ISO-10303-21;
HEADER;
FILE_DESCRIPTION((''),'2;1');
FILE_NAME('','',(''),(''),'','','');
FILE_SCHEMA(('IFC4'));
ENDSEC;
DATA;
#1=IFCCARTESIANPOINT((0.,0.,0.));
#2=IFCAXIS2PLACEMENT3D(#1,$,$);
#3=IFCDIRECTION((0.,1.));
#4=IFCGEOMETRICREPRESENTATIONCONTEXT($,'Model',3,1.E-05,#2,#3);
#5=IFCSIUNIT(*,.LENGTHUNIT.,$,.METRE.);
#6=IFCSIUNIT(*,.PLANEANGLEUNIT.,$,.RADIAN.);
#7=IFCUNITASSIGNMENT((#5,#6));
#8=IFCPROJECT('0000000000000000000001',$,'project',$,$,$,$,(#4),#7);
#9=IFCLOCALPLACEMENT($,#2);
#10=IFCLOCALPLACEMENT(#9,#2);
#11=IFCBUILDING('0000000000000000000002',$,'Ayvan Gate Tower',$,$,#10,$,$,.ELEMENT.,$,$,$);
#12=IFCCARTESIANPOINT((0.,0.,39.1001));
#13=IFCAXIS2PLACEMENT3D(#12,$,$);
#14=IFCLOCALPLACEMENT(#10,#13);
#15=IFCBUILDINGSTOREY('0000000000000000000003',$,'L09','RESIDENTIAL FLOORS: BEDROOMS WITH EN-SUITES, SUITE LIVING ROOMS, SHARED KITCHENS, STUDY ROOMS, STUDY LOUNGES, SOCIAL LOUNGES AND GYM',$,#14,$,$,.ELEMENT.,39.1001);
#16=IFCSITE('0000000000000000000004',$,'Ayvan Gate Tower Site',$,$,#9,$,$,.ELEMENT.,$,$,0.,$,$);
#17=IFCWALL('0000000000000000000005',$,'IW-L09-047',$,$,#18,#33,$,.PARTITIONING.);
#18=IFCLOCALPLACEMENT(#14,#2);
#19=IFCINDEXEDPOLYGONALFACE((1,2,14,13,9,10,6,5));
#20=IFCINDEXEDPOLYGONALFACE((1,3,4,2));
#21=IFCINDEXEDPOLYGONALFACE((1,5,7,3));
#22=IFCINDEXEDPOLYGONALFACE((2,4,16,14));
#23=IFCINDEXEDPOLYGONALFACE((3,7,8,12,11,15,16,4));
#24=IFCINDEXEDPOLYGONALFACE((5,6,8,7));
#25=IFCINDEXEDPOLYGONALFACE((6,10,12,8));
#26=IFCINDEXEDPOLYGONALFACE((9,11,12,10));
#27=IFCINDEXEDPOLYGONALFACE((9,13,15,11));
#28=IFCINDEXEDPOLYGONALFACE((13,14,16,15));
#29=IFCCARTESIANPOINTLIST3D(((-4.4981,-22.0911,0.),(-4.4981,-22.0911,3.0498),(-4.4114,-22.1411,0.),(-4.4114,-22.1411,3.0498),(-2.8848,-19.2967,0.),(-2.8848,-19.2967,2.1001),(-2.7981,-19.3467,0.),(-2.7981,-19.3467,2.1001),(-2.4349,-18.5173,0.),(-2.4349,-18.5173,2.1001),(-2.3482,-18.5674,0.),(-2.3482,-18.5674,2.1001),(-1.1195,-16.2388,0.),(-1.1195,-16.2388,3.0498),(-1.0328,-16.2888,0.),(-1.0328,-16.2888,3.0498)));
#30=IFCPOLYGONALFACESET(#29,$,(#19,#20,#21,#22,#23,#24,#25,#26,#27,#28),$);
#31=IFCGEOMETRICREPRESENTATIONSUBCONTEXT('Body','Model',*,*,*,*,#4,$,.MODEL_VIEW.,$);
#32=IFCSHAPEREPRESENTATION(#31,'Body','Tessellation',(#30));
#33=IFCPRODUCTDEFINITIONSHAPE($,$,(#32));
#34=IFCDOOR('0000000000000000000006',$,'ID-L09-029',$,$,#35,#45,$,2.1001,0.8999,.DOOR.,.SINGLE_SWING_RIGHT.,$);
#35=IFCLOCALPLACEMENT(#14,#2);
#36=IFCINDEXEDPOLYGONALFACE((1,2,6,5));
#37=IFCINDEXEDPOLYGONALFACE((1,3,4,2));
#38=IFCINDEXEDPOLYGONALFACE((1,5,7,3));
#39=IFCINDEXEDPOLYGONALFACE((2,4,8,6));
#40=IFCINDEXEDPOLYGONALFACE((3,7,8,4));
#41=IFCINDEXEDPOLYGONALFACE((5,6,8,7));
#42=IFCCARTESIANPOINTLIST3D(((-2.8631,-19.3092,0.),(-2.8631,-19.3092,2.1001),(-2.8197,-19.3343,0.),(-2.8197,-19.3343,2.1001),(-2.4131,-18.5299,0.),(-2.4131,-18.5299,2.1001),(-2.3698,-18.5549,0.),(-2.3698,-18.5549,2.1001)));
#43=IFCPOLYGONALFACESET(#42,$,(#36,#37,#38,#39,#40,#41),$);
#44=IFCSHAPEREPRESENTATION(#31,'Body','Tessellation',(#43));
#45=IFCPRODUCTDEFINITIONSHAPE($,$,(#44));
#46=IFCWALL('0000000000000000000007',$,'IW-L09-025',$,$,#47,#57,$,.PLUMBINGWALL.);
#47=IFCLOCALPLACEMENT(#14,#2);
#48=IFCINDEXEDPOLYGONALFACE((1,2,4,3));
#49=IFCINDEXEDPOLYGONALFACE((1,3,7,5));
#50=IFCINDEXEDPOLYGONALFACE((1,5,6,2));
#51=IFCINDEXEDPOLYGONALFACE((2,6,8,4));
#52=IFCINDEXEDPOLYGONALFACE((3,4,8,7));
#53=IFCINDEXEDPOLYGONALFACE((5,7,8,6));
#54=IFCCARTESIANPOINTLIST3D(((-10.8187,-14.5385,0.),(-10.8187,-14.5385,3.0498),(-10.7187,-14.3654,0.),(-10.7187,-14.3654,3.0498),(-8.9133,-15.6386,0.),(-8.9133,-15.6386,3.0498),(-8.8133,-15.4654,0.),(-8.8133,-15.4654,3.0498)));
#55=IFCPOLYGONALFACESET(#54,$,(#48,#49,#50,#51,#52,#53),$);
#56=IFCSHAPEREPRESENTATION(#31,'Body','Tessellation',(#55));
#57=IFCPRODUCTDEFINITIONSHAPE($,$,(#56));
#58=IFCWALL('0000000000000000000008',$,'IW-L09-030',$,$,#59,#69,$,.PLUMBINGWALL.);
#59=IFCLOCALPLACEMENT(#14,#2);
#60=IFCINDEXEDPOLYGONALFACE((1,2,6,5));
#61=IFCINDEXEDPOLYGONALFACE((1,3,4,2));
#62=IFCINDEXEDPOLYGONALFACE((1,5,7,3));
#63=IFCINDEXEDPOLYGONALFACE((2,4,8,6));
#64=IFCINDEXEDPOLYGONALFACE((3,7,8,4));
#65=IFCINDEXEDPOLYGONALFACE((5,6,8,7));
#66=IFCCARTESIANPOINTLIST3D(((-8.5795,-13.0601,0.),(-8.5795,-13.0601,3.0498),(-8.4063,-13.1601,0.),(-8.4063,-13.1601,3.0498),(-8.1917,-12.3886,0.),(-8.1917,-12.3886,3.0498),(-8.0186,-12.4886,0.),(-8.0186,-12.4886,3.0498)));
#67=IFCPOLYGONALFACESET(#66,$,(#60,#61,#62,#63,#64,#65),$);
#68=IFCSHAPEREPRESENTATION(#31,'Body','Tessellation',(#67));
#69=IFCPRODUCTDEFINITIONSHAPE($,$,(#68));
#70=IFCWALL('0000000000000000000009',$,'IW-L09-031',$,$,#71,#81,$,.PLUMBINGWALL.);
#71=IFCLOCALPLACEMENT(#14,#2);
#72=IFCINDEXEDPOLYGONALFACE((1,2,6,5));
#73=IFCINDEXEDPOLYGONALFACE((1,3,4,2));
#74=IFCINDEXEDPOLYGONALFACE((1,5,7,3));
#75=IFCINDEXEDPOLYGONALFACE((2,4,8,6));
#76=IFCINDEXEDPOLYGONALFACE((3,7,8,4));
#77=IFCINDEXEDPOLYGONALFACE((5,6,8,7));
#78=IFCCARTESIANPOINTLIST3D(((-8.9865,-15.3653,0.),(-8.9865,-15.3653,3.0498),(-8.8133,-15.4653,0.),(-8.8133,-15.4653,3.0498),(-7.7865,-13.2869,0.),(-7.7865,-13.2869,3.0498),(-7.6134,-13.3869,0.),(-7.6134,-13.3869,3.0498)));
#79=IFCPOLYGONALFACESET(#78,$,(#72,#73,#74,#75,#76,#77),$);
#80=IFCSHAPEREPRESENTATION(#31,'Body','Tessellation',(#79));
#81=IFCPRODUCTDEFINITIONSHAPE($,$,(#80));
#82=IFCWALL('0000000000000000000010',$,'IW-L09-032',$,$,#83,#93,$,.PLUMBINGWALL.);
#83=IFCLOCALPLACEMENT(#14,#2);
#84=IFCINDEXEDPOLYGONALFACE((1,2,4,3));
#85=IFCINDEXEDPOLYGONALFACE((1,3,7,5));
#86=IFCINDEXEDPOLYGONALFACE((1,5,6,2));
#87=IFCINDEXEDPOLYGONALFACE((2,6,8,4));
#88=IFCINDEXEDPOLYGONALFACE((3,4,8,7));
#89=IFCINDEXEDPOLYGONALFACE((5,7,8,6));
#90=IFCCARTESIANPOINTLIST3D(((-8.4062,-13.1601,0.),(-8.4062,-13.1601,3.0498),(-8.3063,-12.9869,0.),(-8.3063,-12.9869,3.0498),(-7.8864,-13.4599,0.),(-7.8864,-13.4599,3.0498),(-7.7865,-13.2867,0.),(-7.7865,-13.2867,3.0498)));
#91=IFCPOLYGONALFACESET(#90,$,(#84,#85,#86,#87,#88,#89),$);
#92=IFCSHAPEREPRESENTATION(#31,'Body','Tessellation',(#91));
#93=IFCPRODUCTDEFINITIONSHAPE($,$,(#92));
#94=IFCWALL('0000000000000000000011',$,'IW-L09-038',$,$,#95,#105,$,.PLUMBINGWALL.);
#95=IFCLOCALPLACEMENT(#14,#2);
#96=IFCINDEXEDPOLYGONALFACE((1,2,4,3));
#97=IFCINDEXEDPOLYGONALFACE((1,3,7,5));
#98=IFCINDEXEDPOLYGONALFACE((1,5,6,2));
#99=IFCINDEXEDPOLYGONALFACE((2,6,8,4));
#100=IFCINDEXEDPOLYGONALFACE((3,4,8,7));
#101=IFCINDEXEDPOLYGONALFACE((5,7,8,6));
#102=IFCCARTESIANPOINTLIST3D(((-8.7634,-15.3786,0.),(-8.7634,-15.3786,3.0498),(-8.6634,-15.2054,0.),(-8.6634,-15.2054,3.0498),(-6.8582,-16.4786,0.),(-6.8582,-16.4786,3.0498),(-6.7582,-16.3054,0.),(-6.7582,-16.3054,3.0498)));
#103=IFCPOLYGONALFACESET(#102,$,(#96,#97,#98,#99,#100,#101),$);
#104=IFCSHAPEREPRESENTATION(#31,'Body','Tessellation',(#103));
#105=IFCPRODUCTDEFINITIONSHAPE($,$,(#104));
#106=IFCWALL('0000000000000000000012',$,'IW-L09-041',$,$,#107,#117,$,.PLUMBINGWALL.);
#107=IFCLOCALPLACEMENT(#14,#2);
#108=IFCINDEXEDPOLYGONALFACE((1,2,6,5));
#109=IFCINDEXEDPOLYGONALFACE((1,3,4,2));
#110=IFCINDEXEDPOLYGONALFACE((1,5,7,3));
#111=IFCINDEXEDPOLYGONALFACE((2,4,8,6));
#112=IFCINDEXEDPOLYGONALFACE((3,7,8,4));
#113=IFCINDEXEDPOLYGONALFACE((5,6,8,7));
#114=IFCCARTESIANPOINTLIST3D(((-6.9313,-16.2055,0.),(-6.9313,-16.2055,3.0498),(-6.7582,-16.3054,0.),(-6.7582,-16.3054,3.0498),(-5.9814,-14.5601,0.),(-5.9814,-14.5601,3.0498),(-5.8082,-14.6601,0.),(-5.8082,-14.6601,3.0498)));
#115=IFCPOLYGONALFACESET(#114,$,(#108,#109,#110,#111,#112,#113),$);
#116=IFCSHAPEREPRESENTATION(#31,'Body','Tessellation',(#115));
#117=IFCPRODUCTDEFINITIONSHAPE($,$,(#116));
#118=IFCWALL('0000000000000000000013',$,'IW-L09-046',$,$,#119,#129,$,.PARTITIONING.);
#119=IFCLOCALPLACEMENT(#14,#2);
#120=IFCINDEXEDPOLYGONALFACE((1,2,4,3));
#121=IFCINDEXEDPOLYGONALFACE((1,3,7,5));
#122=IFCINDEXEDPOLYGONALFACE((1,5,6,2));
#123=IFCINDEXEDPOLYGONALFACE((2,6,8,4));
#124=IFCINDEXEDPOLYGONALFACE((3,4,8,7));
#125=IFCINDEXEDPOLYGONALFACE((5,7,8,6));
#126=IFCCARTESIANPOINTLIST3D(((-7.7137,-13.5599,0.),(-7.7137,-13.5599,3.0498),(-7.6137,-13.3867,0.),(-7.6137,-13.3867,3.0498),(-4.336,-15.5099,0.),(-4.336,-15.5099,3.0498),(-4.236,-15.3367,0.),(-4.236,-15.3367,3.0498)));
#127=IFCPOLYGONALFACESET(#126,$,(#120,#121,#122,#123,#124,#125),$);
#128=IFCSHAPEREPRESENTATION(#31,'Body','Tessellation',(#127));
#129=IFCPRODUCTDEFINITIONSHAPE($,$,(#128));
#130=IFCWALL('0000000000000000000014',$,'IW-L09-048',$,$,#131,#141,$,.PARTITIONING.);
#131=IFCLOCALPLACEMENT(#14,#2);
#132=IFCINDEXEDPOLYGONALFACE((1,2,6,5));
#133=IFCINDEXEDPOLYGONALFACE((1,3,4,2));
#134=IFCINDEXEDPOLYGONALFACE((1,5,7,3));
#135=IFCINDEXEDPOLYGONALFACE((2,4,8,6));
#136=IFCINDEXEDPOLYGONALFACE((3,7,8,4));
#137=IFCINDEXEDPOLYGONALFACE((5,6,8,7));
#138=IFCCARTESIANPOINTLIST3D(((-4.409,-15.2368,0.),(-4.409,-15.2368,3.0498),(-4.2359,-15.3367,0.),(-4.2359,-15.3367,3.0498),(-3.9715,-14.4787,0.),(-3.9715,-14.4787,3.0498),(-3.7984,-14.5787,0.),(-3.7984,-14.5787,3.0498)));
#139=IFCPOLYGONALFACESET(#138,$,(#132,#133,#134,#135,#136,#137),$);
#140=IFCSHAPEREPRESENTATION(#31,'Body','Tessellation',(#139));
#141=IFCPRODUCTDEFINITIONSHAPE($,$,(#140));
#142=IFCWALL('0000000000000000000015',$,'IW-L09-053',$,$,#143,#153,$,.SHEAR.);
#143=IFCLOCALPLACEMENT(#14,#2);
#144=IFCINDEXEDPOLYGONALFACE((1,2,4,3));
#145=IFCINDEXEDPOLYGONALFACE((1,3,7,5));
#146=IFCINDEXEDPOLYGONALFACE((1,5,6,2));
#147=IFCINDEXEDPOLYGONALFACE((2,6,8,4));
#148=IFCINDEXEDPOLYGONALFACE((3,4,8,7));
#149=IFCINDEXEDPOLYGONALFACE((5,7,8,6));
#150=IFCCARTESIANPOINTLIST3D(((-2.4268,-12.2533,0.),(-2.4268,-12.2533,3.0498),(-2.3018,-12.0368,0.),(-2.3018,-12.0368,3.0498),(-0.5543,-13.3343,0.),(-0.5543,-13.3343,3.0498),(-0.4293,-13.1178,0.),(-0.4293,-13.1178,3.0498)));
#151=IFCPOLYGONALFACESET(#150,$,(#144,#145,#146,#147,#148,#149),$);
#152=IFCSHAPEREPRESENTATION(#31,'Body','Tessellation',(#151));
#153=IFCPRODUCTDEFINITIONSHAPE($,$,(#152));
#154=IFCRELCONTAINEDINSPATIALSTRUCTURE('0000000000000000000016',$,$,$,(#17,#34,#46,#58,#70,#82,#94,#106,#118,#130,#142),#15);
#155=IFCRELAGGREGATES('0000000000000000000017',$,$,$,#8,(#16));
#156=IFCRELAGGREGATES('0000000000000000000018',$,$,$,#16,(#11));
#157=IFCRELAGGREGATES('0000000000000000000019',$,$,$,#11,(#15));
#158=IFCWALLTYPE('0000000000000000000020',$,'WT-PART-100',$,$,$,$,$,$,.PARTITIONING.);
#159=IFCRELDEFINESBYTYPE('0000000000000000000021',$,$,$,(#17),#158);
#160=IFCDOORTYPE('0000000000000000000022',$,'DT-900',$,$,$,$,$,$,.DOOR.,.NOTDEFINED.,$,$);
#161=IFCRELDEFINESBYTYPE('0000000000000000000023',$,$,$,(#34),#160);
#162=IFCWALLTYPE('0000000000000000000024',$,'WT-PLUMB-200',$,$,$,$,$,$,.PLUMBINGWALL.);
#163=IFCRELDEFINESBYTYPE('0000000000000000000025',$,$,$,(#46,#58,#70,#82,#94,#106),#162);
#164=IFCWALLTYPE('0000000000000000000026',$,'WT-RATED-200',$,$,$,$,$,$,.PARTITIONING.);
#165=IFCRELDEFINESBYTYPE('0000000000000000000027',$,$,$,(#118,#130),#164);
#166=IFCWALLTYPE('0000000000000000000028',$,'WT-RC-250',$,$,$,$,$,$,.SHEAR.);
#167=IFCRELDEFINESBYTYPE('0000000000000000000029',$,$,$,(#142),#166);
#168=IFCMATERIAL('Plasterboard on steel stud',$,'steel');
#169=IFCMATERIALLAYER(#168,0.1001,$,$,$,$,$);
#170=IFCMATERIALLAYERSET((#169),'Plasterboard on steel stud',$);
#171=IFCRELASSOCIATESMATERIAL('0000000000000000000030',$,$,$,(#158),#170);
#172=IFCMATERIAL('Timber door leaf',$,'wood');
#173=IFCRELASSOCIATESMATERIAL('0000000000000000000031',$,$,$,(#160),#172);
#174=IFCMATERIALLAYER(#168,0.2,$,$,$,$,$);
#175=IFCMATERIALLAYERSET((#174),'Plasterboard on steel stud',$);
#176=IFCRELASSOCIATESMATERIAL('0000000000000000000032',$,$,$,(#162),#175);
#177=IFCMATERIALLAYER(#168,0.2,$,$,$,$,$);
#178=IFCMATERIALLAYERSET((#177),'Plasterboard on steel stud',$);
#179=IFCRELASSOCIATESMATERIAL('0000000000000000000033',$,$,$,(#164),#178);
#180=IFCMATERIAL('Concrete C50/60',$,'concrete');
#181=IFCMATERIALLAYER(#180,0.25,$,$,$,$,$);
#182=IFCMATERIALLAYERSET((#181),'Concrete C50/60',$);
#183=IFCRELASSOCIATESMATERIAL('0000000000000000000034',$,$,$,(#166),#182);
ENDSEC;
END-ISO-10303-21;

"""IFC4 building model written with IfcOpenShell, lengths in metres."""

from ifc_helpers import new_model, si_unit, direction, frame, frame_2d, origin, place, context, subcontext, project, spatial, rectangle, extrude, material, layer, layer_set, type_object, element, fill, save


model = new_model("IFC4")

# Units and contexts
model_context = context("Model", 3, precision=1e-05, world=origin(), true_north=direction((0.0, 1.0)))
body_context = subcontext(model_context, "Body", "Model", "MODEL_VIEW")
ifc_project = project(units=[si_unit("LENGTHUNIT", "METRE"), si_unit("PLANEANGLEUNIT", "RADIAN")], contexts=[model_context])

# Site, building, storey
site_placement = place(None, origin())
site = spatial("IfcSite", under=ifc_project, at=site_placement, Name="Ayvan Gate Tower Site", CompositionType="ELEMENT", RefElevation=0.0)
building_placement = place(site_placement, origin())
building = spatial("IfcBuilding", under=site, at=building_placement, Name="Ayvan Gate Tower", CompositionType="ELEMENT")
storey_placement = place(building_placement, frame((0.0, 0.0, 39.1001)))
storey = spatial("IfcBuildingStorey", under=building, at=storey_placement, Name="L09", Description="RESIDENTIAL FLOORS: BEDROOMS WITH EN-SUITES, SUITE LIVING ROOMS, SHARED KITCHENS, STUDY ROOMS, STUDY LOUNGES, SOCIAL LOUNGES AND GYM", CompositionType="ELEMENT", Elevation=39.1001)

# Shared definitions
ifc_material_1 = material(Name="Plasterboard on steel stud", Category="steel")
ifc_layer_1 = layer(ifc_material_1, 0.1001)
ifc_layer_set_1 = layer_set([ifc_layer_1], Name="Plasterboard on steel stud")
wall_type_1 = type_object("IfcWallType", Name="WT-PART-100", PredefinedType="PARTITIONING", material=ifc_layer_set_1)

# Wall, opening, door
wall_1_placement = place(storey_placement, frame((-4.4548, -22.1162, 0.0), z_axis=(0.0, 0.0, 1.0), x_axis=(0.499982, 0.866036, 0.0)))
wall_1 = element("IfcWall", 1, at=wall_1_placement, inside=storey, type_object=wall_type_1, Name="IW-L09-047", PredefinedType="PARTITIONING", context=body_context, shape_type="SweptSolid", body=[
    extrude(rectangle(XDim=6.7576, YDim=0.1001, at=frame_2d((3.3789, 0.0))), origin(), (0.0, 0.0, 1.0), 3.0498),
])
opening_placement = place(wall_1_placement, frame((3.2268, 0.0, 0.0)))
opening = element("IfcOpeningElement", 2, at=opening_placement, cuts=wall_1, PredefinedType="OPENING", context=body_context, shape_type="SweptSolid", body=[
    extrude(rectangle(XDim=0.8999, YDim=2.1001, at=frame_2d((0.45, 1.05))), frame((0.0, 0.0601, 0.0), z_axis=(0.0, -1.0, 0.0), x_axis=(1.0, 0.0, 0.0)), (0.0, 0.0, 1.0), 0.1201),
])
ifc_material_2 = material(Name="Timber door leaf", Category="wood")
door_type = type_object("IfcDoorType", Name="DT-900", OperationType="NOTDEFINED", PredefinedType="DOOR", material=ifc_material_2)
door_placement = place(opening_placement, origin())
door = element("IfcDoor", 3, at=door_placement, inside=storey, type_object=door_type, Name="ID-L09-029", OperationType="SINGLE_SWING_RIGHT", OverallHeight=2.1001, OverallWidth=0.8999, PredefinedType="DOOR", context=body_context, shape_type="SweptSolid", body=[
    extrude(rectangle(XDim=0.8999, YDim=2.1001, at=frame_2d((0.45, 1.05))), frame((0.0, 0.0249, 0.0), z_axis=(0.0, -1.0, 0.0), x_axis=(1.0, 0.0, 0.0)), (0.0, 0.0, 1.0), 0.05),
])
fill(opening, door)

# Walls
ifc_layer_2 = layer(ifc_material_1, 0.2)
ifc_layer_set_2 = layer_set([ifc_layer_2], Name="Plasterboard on steel stud")
wall_type_2 = type_object("IfcWallType", Name="WT-PLUMB-200", PredefinedType="PLUMBINGWALL", material=ifc_layer_set_2)
wall_2_placement = place(storey_placement, frame((-8.8633, -15.552, 0.0), z_axis=(0.0, 0.0, 1.0), x_axis=(-0.866036, 0.499982, 0.0)))
element("IfcWall", 4, at=wall_2_placement, inside=storey, type_object=wall_type_2, Name="IW-L09-025", PredefinedType="PLUMBINGWALL", context=body_context, shape_type="SweptSolid", body=[
    extrude(rectangle(XDim=2.2002, YDim=0.2, at=frame_2d((1.1001, 0.0))), origin(), (0.0, 0.0, 1.0), 3.0498),
])
wall_3_placement = place(storey_placement, frame((-8.4929, -13.1101, 0.0), z_axis=(0.0, 0.0, 1.0), x_axis=(0.500068, 0.865986, 0.0)))
element("IfcWall", 5, at=wall_3_placement, inside=storey, type_object=wall_type_2, Name="IW-L09-030", PredefinedType="PLUMBINGWALL", context=body_context, shape_type="SweptSolid", body=[
    extrude(rectangle(XDim=0.7754, YDim=0.2, at=frame_2d((0.3877, 0.0))), origin(), (0.0, 0.0, 1.0), 3.0498),
])
wall_4_placement = place(storey_placement, frame((-7.7, -13.3369, 0.0), z_axis=(0.0, 0.0, 1.0), x_axis=(-0.500001, -0.866025, 0.0)))
element("IfcWall", 6, at=wall_4_placement, inside=storey, type_object=wall_type_2, Name="IW-L09-031", PredefinedType="PLUMBINGWALL", context=body_context, shape_type="SweptSolid", body=[
    extrude(rectangle(XDim=2.3999, YDim=0.2, at=frame_2d((1.2, 0.0))), origin(), (0.0, 0.0, 1.0), 3.0498),
])
wall_5_placement = place(storey_placement, frame((-7.8364, -13.3733, 0.0), z_axis=(0.0, 0.0, 1.0), x_axis=(-0.866233, 0.49964, 0.0)))
element("IfcWall", 7, at=wall_5_placement, inside=storey, type_object=wall_type_2, Name="IW-L09-032", PredefinedType="PLUMBINGWALL", context=body_context, shape_type="SweptSolid", body=[
    extrude(rectangle(XDim=0.6001, YDim=0.2, at=frame_2d((0.3, 0.0))), origin(), (0.0, 0.0, 1.0), 3.0498),
])
wall_6_placement = place(storey_placement, frame((-6.8081, -16.3921, 0.0), z_axis=(0.0, 0.0, 1.0), x_axis=(-0.866008, 0.50003, 0.0)))
element("IfcWall", 8, at=wall_6_placement, inside=storey, type_object=wall_type_2, Name="IW-L09-038", PredefinedType="PLUMBINGWALL", context=body_context, shape_type="SweptSolid", body=[
    extrude(rectangle(XDim=2.2, YDim=0.2, at=frame_2d((1.1001, 0.0))), origin(), (0.0, 0.0, 1.0), 3.0498),
])
wall_7_placement = place(storey_placement, frame((-5.8948, -14.6101, 0.0), z_axis=(0.0, 0.0, 1.0), x_axis=(-0.500023, -0.866012, 0.0)))
element("IfcWall", 9, at=wall_7_placement, inside=storey, type_object=wall_type_2, Name="IW-L09-041", PredefinedType="PLUMBINGWALL", context=body_context, shape_type="SweptSolid", body=[
    extrude(rectangle(XDim=1.8999, YDim=0.2, at=frame_2d((0.95, 0.0))), origin(), (0.0, 0.0, 1.0), 3.0498),
])
ifc_layer_3 = layer(ifc_material_1, 0.2)
ifc_layer_set_3 = layer_set([ifc_layer_3], Name="Plasterboard on steel stud")
wall_type_3 = type_object("IfcWallType", Name="WT-RATED-200", PredefinedType="PARTITIONING", material=ifc_layer_set_3)
wall_8_placement = place(storey_placement, frame((-4.2859, -15.4233, 0.0), z_axis=(0.0, 0.0, 1.0), x_axis=(-0.866043, 0.49997, 0.0)))
element("IfcWall", 10, at=wall_8_placement, inside=storey, type_object=wall_type_3, Name="IW-L09-046", PredefinedType="PARTITIONING", context=body_context, shape_type="SweptSolid", body=[
    extrude(rectangle(XDim=3.9001, YDim=0.2, at=frame_2d((1.9502, 0.0))), origin(), (0.0, 0.0, 1.0), 3.0498),
])
wall_9_placement = place(storey_placement, frame((-3.885, -14.5288, 0.0), z_axis=(0.0, 0.0, 1.0), x_axis=(-0.499859, -0.866107, 0.0)))
element("IfcWall", 11, at=wall_9_placement, inside=storey, type_object=wall_type_3, Name="IW-L09-048", PredefinedType="PARTITIONING", context=body_context, shape_type="SweptSolid", body=[
    extrude(rectangle(XDim=0.8752, YDim=0.2, at=frame_2d((0.4375, 0.0))), origin(), (0.0, 0.0, 1.0), 3.0498),
])
ifc_material_3 = material(Name="Concrete C50/60", Category="concrete")
ifc_layer_4 = layer(ifc_material_3, 0.25)
ifc_layer_set_4 = layer_set([ifc_layer_4], Name="Concrete C50/60")
wall_type_4 = type_object("IfcWallType", Name="WT-RC-250", PredefinedType="SHEAR", material=ifc_layer_set_4)
wall_10_placement = place(storey_placement, frame((-2.3643, -12.145, 0.0), z_axis=(0.0, 0.0, 1.0), x_axis=(0.866039, -0.499977, 0.0)))
element("IfcWall", 12, at=wall_10_placement, inside=storey, type_object=wall_type_4, Name="IW-L09-053", PredefinedType="SHEAR", context=body_context, shape_type="SweptSolid", body=[
    extrude(rectangle(XDim=2.1621, YDim=0.25, at=frame_2d((1.0811, 0.0))), origin(), (0.0, 0.0, 1.0), 3.0498),
])

save(model, "model.ifc")
